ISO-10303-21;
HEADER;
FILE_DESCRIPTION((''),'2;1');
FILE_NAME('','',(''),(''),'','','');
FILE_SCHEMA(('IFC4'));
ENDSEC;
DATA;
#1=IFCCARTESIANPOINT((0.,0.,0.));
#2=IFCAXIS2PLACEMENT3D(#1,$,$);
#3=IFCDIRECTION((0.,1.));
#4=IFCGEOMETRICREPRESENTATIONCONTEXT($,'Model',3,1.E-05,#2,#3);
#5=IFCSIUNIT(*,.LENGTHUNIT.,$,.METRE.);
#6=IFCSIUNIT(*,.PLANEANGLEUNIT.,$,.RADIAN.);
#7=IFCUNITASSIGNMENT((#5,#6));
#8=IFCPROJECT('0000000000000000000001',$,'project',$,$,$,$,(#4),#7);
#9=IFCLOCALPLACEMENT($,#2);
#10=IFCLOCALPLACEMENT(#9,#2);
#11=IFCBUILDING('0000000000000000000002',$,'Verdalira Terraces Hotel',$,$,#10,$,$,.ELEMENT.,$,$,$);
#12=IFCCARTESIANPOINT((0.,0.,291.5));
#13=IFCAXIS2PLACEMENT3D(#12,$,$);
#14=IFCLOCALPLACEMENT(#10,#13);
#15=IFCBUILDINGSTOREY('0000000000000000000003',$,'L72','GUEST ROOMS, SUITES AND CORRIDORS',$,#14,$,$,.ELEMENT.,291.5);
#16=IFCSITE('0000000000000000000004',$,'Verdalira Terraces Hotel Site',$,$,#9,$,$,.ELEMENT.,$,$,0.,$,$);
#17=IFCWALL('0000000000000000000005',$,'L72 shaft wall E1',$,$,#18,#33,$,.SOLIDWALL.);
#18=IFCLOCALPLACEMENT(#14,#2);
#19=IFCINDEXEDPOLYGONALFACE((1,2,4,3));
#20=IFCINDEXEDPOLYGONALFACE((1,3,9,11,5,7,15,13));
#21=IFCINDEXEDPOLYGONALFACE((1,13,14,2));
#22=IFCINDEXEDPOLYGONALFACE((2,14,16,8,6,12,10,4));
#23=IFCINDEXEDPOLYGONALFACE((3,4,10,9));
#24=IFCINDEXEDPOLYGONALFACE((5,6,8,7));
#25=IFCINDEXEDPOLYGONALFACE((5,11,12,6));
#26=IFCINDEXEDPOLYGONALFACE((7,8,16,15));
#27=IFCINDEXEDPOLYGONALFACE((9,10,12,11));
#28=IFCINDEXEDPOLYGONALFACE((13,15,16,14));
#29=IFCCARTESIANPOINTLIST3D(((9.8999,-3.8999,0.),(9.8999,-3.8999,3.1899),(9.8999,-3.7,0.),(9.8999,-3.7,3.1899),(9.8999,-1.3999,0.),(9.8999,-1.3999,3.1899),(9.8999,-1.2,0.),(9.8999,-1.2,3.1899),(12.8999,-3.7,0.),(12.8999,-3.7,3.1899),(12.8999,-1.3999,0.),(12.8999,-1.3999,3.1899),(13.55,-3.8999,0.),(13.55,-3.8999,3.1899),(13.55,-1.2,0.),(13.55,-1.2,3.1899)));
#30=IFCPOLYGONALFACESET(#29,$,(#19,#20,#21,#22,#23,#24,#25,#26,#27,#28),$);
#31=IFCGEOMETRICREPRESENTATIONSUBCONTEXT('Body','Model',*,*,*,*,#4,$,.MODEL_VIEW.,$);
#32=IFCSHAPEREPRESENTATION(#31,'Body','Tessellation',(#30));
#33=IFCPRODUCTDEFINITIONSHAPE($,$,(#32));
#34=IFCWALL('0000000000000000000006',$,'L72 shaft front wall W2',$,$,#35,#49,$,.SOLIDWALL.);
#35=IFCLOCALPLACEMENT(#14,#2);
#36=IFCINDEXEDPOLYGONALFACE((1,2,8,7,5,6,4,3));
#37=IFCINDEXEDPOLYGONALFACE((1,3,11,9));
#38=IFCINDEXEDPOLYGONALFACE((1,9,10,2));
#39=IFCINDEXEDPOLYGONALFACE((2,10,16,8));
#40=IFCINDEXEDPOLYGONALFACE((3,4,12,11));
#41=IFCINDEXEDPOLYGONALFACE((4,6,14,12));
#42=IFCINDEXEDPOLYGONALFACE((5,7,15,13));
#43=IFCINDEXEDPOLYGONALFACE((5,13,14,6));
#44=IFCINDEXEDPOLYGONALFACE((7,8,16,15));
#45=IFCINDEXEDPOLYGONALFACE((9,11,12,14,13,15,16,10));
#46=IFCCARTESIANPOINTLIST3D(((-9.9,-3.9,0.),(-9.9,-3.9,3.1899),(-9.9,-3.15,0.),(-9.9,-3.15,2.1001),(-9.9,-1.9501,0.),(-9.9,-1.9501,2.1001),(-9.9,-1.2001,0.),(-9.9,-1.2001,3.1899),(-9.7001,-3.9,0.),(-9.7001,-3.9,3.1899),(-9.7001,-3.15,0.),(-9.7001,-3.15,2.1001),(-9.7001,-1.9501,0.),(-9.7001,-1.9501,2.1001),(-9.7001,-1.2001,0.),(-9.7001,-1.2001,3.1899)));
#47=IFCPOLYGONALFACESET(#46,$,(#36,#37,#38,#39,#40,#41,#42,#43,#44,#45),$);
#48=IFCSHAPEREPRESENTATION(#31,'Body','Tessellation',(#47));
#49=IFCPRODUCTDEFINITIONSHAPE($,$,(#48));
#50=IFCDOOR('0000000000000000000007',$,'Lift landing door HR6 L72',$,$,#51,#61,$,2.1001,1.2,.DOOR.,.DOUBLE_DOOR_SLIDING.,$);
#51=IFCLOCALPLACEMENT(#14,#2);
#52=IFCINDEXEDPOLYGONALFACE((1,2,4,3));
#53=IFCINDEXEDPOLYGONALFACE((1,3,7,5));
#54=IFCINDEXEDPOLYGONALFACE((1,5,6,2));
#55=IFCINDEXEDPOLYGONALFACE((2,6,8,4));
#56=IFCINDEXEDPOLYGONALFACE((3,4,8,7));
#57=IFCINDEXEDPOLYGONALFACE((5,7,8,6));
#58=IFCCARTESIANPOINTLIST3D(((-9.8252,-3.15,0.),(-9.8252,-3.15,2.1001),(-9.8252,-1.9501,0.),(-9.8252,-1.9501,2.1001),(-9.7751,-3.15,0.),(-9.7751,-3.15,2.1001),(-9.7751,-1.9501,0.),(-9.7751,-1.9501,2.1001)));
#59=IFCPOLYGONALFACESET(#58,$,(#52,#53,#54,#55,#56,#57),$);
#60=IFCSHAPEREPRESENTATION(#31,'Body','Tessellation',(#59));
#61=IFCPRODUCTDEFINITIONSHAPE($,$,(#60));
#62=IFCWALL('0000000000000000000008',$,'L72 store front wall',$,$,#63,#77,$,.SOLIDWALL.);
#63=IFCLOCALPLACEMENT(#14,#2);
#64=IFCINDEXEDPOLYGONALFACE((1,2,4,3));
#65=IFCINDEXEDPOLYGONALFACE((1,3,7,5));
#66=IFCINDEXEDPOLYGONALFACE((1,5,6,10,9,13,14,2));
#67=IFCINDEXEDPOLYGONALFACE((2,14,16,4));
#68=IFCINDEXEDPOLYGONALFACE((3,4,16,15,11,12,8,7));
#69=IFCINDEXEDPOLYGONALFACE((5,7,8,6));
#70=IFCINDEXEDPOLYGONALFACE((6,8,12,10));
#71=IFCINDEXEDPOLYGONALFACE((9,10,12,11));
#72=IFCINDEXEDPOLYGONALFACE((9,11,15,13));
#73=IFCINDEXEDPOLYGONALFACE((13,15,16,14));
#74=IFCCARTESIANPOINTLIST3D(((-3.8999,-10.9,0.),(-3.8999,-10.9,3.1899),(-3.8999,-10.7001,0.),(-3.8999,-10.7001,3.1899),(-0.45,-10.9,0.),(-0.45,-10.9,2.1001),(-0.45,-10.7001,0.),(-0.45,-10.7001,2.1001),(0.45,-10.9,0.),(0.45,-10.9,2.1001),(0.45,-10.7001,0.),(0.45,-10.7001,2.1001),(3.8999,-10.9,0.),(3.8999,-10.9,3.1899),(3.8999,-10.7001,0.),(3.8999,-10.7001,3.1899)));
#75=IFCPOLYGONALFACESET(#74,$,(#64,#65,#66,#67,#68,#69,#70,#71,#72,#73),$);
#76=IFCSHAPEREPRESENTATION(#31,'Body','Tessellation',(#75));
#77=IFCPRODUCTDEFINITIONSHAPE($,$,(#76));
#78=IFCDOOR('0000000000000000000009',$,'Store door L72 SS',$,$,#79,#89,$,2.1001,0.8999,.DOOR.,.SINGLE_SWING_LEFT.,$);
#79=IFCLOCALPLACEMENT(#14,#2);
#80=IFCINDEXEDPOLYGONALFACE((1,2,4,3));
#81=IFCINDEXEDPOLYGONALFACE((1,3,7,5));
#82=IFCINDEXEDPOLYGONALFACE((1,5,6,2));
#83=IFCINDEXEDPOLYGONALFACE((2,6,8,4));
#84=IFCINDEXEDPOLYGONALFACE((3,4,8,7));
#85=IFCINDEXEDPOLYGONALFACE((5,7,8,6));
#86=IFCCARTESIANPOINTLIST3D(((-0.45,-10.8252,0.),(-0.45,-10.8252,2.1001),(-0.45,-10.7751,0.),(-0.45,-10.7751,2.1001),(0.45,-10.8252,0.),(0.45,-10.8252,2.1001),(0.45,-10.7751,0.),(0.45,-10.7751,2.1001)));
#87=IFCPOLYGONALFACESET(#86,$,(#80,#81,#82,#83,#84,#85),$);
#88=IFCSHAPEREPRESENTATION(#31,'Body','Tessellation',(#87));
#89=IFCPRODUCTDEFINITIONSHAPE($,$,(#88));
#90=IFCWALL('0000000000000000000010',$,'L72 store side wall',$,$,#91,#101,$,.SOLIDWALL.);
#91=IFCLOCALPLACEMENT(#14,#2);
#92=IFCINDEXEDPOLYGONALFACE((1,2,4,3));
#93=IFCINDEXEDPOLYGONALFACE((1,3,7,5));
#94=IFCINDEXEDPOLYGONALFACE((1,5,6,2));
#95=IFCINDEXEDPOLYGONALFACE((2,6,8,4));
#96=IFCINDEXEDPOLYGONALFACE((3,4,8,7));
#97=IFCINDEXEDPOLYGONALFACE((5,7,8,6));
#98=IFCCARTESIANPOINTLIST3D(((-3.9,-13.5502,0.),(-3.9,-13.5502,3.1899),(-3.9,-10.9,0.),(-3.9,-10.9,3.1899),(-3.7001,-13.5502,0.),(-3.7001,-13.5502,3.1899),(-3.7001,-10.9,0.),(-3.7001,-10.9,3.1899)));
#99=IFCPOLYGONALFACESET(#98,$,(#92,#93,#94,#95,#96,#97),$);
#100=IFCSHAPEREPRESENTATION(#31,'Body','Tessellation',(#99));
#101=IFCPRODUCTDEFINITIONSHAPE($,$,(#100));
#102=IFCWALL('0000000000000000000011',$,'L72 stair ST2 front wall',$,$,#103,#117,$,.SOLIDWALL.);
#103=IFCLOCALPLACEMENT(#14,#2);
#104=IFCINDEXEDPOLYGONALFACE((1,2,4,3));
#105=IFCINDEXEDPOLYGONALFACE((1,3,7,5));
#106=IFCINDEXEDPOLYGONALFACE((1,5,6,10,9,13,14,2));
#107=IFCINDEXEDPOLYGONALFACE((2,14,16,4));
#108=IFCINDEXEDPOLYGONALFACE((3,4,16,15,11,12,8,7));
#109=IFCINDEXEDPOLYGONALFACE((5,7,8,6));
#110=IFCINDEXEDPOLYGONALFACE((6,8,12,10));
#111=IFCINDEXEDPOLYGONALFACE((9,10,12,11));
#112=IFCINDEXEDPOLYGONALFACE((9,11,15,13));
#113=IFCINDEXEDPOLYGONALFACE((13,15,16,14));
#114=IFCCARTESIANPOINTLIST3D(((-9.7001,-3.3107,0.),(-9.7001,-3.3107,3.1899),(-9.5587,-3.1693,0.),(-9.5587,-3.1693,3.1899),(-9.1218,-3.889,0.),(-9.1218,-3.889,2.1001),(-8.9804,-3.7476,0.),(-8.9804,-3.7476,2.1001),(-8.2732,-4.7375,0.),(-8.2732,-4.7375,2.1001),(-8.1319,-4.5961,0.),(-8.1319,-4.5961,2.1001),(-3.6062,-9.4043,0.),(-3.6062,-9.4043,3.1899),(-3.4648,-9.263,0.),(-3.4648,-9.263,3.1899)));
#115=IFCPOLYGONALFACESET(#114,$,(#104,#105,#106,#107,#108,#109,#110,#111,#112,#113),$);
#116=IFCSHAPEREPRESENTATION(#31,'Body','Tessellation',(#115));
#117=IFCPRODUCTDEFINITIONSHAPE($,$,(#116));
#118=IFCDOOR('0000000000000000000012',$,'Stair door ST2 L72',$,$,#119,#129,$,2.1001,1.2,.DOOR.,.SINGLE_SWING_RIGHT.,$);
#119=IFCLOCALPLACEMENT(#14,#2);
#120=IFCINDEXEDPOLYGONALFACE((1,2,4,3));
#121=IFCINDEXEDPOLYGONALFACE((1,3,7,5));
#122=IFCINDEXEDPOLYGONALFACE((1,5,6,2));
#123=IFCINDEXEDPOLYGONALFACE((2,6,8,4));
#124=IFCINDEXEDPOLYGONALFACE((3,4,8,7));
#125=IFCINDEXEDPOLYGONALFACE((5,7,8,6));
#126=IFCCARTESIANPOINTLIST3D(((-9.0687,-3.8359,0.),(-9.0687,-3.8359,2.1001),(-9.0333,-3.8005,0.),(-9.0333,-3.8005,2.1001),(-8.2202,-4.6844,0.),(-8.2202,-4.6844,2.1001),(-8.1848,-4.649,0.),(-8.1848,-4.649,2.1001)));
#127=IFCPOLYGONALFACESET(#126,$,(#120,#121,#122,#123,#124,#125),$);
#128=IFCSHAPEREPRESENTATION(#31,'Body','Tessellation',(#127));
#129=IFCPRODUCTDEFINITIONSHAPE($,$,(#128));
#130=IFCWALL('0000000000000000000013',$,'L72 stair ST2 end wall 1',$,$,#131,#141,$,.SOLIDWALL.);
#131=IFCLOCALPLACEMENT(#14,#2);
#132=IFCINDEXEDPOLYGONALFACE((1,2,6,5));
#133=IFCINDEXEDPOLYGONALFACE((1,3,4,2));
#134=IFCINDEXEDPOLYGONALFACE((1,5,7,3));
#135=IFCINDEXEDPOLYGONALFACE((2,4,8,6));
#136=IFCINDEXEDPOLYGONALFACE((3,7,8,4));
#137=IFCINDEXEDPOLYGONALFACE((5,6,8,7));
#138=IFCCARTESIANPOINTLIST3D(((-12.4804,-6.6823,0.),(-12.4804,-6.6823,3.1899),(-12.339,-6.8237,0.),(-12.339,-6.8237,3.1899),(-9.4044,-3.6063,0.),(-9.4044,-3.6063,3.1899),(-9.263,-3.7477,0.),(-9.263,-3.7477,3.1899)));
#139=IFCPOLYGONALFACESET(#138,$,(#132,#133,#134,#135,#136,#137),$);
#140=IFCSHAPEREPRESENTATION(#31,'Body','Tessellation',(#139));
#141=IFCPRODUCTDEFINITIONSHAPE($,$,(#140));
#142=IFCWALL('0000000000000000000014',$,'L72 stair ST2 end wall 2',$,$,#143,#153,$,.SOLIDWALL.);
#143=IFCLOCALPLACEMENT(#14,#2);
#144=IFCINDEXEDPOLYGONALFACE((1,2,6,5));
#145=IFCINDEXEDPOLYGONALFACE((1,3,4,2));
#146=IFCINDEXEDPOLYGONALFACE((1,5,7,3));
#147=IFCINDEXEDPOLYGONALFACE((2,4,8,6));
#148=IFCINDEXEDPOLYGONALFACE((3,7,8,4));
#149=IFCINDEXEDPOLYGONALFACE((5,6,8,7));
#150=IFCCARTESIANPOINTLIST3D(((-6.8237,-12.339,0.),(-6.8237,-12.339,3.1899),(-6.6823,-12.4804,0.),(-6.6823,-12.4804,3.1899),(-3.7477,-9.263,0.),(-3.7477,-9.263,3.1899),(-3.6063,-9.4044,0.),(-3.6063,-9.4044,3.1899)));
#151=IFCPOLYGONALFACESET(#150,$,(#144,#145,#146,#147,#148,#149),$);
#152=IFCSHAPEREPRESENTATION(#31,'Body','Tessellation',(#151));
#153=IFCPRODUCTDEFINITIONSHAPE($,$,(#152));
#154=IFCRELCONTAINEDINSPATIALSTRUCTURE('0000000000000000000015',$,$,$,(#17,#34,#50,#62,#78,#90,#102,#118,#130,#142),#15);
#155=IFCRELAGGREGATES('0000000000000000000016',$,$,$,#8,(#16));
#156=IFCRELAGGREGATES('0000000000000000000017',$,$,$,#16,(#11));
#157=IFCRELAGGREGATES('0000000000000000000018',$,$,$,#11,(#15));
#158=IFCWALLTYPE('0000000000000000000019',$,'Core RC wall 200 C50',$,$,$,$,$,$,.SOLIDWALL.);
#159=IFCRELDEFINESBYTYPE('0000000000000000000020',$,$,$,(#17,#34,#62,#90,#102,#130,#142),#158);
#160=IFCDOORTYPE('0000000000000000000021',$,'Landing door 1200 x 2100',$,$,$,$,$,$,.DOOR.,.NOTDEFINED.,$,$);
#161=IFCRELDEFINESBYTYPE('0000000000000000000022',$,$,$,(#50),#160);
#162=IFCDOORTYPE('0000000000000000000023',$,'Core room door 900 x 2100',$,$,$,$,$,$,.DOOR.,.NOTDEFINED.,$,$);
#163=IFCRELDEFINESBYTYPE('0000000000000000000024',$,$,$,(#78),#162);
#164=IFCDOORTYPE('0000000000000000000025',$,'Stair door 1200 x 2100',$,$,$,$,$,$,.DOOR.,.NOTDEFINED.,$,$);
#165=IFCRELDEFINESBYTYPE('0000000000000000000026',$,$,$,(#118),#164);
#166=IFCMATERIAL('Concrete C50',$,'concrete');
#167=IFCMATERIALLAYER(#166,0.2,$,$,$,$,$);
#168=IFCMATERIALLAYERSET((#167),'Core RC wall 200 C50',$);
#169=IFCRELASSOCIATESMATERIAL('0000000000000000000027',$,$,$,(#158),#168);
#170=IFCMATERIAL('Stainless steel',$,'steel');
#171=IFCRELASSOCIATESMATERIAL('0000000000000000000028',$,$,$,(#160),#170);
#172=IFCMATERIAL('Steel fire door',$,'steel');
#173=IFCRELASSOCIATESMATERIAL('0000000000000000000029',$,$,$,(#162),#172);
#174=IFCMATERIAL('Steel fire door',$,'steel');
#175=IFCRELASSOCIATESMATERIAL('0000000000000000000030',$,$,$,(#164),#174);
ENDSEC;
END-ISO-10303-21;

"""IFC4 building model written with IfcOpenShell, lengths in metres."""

from ifc_helpers import new_model, si_unit, direction, frame, frame_2d, origin, place, context, subcontext, project, spatial, polyline, rectangle, outline, extrude, material, layer, layer_set, type_object, element, fill, save


model = new_model("IFC4")

# Units and contexts
model_context = context("Model", 3, precision=1e-05, world=origin(), true_north=direction((0.0, 1.0)))
body_context = subcontext(model_context, "Body", "Model", "MODEL_VIEW")
ifc_project = project(units=[si_unit("LENGTHUNIT", "METRE"), si_unit("PLANEANGLEUNIT", "RADIAN")], contexts=[model_context])

# Site, building, storey
site_placement = place(None, origin())
site = spatial("IfcSite", under=ifc_project, at=site_placement, Name="Verdalira Terraces Hotel Site", CompositionType="ELEMENT", RefElevation=0.0)
building_placement = place(site_placement, origin())
building = spatial("IfcBuilding", under=site, at=building_placement, Name="Verdalira Terraces Hotel", CompositionType="ELEMENT")
storey_placement = place(building_placement, frame((0.0, 0.0, 291.5)))
storey = spatial("IfcBuildingStorey", under=building, at=storey_placement, Name="L72", Description="GUEST ROOMS, SUITES AND CORRIDORS", CompositionType="ELEMENT", Elevation=291.5)

# Wall
ifc_material_1 = material(Name="Concrete C50", Category="concrete")
ifc_layer_1 = layer(ifc_material_1, 0.2)
ifc_layer_set_1 = layer_set([ifc_layer_1], Name="Core RC wall 200 C50")
wall_type_1 = type_object("IfcWallType", Name="Core RC wall 200 C50", PredefinedType="SOLIDWALL", material=ifc_layer_set_1)
wall_1_placement = place(storey_placement, origin())
element("IfcWall", 1, at=wall_1_placement, inside=storey, type_object=wall_type_1, Name="L72 shaft wall E1", PredefinedType="SOLIDWALL", context=body_context, shape_type="SweptSolid", body=[
    extrude(outline(polyline([(13.55, -3.8999), (9.8999, -3.8999), (9.8999, -3.7), (12.8999, -3.7), (12.8999, -1.3999), (9.8999, -1.3999), (9.8999, -1.2), (13.55, -1.2), (13.55, -3.8999)])), origin(), (0.0, 0.0, 1.0), 3.1899),
])

# Walls, openings, doors
wall_2_placement = place(storey_placement, frame((-9.8, -1.2, 0.0), z_axis=(0.0, 0.0, 1.0), x_axis=(0.0, -1.0, 0.0)))
wall_2 = element("IfcWall", 2, at=wall_2_placement, inside=storey, type_object=wall_type_1, Name="L72 shaft front wall W2", PredefinedType="SOLIDWALL", context=body_context, shape_type="SweptSolid", body=[
    extrude(rectangle(XDim=2.7, YDim=0.2, at=frame_2d((1.3501, 0.0))), origin(), (0.0, 0.0, 1.0), 3.1899),
])
opening_1_placement = place(wall_2_placement, frame((0.75, 0.0, 0.0)))
opening_1 = element("IfcOpeningElement", 3, at=opening_1_placement, cuts=wall_2, PredefinedType="OPENING", context=body_context, shape_type="SweptSolid", body=[
    extrude(rectangle(XDim=1.2, YDim=2.1001, at=frame_2d((0.6001, 1.05))), frame((0.0, 0.1099, 0.0), z_axis=(0.0, -1.0, 0.0), x_axis=(1.0, 0.0, 0.0)), (0.0, 0.0, 1.0), 0.22),
])
ifc_material_2 = material(Name="Stainless steel", Category="steel")
door_type_1 = type_object("IfcDoorType", Name="Landing door 1200 x 2100", OperationType="NOTDEFINED", PredefinedType="DOOR", material=ifc_material_2)
door_1_placement = place(opening_1_placement, origin())
door_1 = element("IfcDoor", 4, at=door_1_placement, inside=storey, type_object=door_type_1, Name="Lift landing door HR6 L72", OperationType="DOUBLE_DOOR_SLIDING", OverallHeight=2.1001, OverallWidth=1.2, PredefinedType="DOOR", context=body_context, shape_type="SweptSolid", body=[
    extrude(rectangle(XDim=1.2, YDim=2.1001, at=frame_2d((0.6001, 1.05))), frame((0.0, 0.0249, 0.0), z_axis=(0.0, -1.0, 0.0), x_axis=(1.0, 0.0, 0.0)), (0.0, 0.0, 1.0), 0.05),
])
fill(opening_1, door_1)
wall_3_placement = place(storey_placement, frame((-3.8999, -10.8, 0.0), z_axis=(0.0, 0.0, 1.0), x_axis=(1.0, 0.0, 0.0)))
wall_3 = element("IfcWall", 5, at=wall_3_placement, inside=storey, type_object=wall_type_1, Name="L72 store front wall", PredefinedType="SOLIDWALL", context=body_context, shape_type="SweptSolid", body=[
    extrude(rectangle(XDim=7.7998, YDim=0.2, at=frame_2d((3.8999, 0.0))), origin(), (0.0, 0.0, 1.0), 3.1899),
])
opening_2_placement = place(wall_3_placement, frame((3.45, 0.0, 0.0)))
opening_2 = element("IfcOpeningElement", 6, at=opening_2_placement, cuts=wall_3, PredefinedType="OPENING", context=body_context, shape_type="SweptSolid", body=[
    extrude(rectangle(XDim=0.8999, YDim=2.1001, at=frame_2d((0.45, 1.05))), frame((0.0, 0.1099, 0.0), z_axis=(0.0, -1.0, 0.0), x_axis=(1.0, 0.0, 0.0)), (0.0, 0.0, 1.0), 0.22),
])
ifc_material_3 = material(Name="Steel fire door", Category="steel")
door_type_2 = type_object("IfcDoorType", Name="Core room door 900 x 2100", OperationType="NOTDEFINED", PredefinedType="DOOR", material=ifc_material_3)
door_2_placement = place(opening_2_placement, origin())
door_2 = element("IfcDoor", 7, at=door_2_placement, inside=storey, type_object=door_type_2, Name="Store door L72 SS", OperationType="SINGLE_SWING_LEFT", OverallHeight=2.1001, OverallWidth=0.8999, PredefinedType="DOOR", context=body_context, shape_type="SweptSolid", body=[
    extrude(rectangle(XDim=0.8999, YDim=2.1001, at=frame_2d((0.45, 1.05))), frame((0.0, 0.0249, 0.0), z_axis=(0.0, -1.0, 0.0), x_axis=(1.0, 0.0, 0.0)), (0.0, 0.0, 1.0), 0.05),
])
fill(opening_2, door_2)

# Wall
wall_4_placement = place(storey_placement, frame((-3.8, -10.8999, 0.0), z_axis=(0.0, 0.0, 1.0), x_axis=(0.0, -1.0, 0.0)))
element("IfcWall", 8, at=wall_4_placement, inside=storey, type_object=wall_type_1, Name="L72 store side wall", PredefinedType="SOLIDWALL", context=body_context, shape_type="SweptSolid", body=[
    extrude(rectangle(XDim=2.6501, YDim=0.2, at=frame_2d((1.3252, 0.0))), origin(), (0.0, 0.0, 1.0), 3.1899),
])

# Wall, opening, door
wall_5_placement = place(storey_placement, frame((-3.5354, -9.3337, 0.0), z_axis=(0.0, 0.0, 1.0), x_axis=(-0.707121, 0.707093, 0.0)))
wall_5 = element("IfcWall", 9, at=wall_5_placement, inside=storey, type_object=wall_type_1, Name="L72 stair ST2 front wall", PredefinedType="SOLIDWALL", context=body_context, shape_type="SweptSolid", body=[
    extrude(rectangle(XDim=8.6179, YDim=0.2, at=frame_2d((4.3091, 0.0))), origin(), (0.0, 0.0, 1.0), 3.1899),
])
opening_3_placement = place(wall_5_placement, frame((6.6001, 0.0, 0.0)))
opening_3 = element("IfcOpeningElement", 10, at=opening_3_placement, cuts=wall_5, PredefinedType="OPENING", context=body_context, shape_type="SweptSolid", body=[
    extrude(rectangle(XDim=1.2, YDim=2.1001, at=frame_2d((0.6001, 1.05))), frame((0.0, 0.1099, 0.0), z_axis=(0.0, -1.0, 0.0), x_axis=(1.0, 0.0, 0.0)), (0.0, 0.0, 1.0), 0.22),
])
ifc_material_4 = material(Name="Steel fire door", Category="steel")
door_type_3 = type_object("IfcDoorType", Name="Stair door 1200 x 2100", OperationType="NOTDEFINED", PredefinedType="DOOR", material=ifc_material_4)
door_3_placement = place(opening_3_placement, origin())
door_3 = element("IfcDoor", 11, at=door_3_placement, inside=storey, type_object=door_type_3, Name="Stair door ST2 L72", OperationType="SINGLE_SWING_RIGHT", OverallHeight=2.1001, OverallWidth=1.2, PredefinedType="DOOR", context=body_context, shape_type="SweptSolid", body=[
    extrude(rectangle(XDim=1.2, YDim=2.1001, at=frame_2d((0.6001, 1.05))), frame((0.0, 0.0249, 0.0), z_axis=(0.0, -1.0, 0.0), x_axis=(1.0, 0.0, 0.0)), (0.0, 0.0, 1.0), 0.05),
])
fill(opening_3, door_3)

# Walls
for number, where, z_axis, x_axis, name in (
    (12, (-9.3337, -3.677, 0.0), (0.0, 0.0, 1.0), (-0.707107, -0.707107, 0.0), "L72 stair ST2 end wall 1"),
    (13, (-3.677, -9.3337, 0.0), (0.0, 0.0, 1.0), (-0.707107, -0.707107, 0.0), "L72 stair ST2 end wall 2"),
):
    element("IfcWall", number, at=place(storey_placement, frame(where, z_axis=z_axis, x_axis=x_axis)), inside=storey, type_object=wall_type_1, Name=name, PredefinedType="SOLIDWALL", context=body_context, shape_type="SweptSolid", body=[
        extrude(rectangle(XDim=4.3501, YDim=0.2, at=frame_2d((2.175, 0.0))), origin(), (0.0, 0.0, 1.0), 3.1899),
    ])

save(model, "model.ifc")
